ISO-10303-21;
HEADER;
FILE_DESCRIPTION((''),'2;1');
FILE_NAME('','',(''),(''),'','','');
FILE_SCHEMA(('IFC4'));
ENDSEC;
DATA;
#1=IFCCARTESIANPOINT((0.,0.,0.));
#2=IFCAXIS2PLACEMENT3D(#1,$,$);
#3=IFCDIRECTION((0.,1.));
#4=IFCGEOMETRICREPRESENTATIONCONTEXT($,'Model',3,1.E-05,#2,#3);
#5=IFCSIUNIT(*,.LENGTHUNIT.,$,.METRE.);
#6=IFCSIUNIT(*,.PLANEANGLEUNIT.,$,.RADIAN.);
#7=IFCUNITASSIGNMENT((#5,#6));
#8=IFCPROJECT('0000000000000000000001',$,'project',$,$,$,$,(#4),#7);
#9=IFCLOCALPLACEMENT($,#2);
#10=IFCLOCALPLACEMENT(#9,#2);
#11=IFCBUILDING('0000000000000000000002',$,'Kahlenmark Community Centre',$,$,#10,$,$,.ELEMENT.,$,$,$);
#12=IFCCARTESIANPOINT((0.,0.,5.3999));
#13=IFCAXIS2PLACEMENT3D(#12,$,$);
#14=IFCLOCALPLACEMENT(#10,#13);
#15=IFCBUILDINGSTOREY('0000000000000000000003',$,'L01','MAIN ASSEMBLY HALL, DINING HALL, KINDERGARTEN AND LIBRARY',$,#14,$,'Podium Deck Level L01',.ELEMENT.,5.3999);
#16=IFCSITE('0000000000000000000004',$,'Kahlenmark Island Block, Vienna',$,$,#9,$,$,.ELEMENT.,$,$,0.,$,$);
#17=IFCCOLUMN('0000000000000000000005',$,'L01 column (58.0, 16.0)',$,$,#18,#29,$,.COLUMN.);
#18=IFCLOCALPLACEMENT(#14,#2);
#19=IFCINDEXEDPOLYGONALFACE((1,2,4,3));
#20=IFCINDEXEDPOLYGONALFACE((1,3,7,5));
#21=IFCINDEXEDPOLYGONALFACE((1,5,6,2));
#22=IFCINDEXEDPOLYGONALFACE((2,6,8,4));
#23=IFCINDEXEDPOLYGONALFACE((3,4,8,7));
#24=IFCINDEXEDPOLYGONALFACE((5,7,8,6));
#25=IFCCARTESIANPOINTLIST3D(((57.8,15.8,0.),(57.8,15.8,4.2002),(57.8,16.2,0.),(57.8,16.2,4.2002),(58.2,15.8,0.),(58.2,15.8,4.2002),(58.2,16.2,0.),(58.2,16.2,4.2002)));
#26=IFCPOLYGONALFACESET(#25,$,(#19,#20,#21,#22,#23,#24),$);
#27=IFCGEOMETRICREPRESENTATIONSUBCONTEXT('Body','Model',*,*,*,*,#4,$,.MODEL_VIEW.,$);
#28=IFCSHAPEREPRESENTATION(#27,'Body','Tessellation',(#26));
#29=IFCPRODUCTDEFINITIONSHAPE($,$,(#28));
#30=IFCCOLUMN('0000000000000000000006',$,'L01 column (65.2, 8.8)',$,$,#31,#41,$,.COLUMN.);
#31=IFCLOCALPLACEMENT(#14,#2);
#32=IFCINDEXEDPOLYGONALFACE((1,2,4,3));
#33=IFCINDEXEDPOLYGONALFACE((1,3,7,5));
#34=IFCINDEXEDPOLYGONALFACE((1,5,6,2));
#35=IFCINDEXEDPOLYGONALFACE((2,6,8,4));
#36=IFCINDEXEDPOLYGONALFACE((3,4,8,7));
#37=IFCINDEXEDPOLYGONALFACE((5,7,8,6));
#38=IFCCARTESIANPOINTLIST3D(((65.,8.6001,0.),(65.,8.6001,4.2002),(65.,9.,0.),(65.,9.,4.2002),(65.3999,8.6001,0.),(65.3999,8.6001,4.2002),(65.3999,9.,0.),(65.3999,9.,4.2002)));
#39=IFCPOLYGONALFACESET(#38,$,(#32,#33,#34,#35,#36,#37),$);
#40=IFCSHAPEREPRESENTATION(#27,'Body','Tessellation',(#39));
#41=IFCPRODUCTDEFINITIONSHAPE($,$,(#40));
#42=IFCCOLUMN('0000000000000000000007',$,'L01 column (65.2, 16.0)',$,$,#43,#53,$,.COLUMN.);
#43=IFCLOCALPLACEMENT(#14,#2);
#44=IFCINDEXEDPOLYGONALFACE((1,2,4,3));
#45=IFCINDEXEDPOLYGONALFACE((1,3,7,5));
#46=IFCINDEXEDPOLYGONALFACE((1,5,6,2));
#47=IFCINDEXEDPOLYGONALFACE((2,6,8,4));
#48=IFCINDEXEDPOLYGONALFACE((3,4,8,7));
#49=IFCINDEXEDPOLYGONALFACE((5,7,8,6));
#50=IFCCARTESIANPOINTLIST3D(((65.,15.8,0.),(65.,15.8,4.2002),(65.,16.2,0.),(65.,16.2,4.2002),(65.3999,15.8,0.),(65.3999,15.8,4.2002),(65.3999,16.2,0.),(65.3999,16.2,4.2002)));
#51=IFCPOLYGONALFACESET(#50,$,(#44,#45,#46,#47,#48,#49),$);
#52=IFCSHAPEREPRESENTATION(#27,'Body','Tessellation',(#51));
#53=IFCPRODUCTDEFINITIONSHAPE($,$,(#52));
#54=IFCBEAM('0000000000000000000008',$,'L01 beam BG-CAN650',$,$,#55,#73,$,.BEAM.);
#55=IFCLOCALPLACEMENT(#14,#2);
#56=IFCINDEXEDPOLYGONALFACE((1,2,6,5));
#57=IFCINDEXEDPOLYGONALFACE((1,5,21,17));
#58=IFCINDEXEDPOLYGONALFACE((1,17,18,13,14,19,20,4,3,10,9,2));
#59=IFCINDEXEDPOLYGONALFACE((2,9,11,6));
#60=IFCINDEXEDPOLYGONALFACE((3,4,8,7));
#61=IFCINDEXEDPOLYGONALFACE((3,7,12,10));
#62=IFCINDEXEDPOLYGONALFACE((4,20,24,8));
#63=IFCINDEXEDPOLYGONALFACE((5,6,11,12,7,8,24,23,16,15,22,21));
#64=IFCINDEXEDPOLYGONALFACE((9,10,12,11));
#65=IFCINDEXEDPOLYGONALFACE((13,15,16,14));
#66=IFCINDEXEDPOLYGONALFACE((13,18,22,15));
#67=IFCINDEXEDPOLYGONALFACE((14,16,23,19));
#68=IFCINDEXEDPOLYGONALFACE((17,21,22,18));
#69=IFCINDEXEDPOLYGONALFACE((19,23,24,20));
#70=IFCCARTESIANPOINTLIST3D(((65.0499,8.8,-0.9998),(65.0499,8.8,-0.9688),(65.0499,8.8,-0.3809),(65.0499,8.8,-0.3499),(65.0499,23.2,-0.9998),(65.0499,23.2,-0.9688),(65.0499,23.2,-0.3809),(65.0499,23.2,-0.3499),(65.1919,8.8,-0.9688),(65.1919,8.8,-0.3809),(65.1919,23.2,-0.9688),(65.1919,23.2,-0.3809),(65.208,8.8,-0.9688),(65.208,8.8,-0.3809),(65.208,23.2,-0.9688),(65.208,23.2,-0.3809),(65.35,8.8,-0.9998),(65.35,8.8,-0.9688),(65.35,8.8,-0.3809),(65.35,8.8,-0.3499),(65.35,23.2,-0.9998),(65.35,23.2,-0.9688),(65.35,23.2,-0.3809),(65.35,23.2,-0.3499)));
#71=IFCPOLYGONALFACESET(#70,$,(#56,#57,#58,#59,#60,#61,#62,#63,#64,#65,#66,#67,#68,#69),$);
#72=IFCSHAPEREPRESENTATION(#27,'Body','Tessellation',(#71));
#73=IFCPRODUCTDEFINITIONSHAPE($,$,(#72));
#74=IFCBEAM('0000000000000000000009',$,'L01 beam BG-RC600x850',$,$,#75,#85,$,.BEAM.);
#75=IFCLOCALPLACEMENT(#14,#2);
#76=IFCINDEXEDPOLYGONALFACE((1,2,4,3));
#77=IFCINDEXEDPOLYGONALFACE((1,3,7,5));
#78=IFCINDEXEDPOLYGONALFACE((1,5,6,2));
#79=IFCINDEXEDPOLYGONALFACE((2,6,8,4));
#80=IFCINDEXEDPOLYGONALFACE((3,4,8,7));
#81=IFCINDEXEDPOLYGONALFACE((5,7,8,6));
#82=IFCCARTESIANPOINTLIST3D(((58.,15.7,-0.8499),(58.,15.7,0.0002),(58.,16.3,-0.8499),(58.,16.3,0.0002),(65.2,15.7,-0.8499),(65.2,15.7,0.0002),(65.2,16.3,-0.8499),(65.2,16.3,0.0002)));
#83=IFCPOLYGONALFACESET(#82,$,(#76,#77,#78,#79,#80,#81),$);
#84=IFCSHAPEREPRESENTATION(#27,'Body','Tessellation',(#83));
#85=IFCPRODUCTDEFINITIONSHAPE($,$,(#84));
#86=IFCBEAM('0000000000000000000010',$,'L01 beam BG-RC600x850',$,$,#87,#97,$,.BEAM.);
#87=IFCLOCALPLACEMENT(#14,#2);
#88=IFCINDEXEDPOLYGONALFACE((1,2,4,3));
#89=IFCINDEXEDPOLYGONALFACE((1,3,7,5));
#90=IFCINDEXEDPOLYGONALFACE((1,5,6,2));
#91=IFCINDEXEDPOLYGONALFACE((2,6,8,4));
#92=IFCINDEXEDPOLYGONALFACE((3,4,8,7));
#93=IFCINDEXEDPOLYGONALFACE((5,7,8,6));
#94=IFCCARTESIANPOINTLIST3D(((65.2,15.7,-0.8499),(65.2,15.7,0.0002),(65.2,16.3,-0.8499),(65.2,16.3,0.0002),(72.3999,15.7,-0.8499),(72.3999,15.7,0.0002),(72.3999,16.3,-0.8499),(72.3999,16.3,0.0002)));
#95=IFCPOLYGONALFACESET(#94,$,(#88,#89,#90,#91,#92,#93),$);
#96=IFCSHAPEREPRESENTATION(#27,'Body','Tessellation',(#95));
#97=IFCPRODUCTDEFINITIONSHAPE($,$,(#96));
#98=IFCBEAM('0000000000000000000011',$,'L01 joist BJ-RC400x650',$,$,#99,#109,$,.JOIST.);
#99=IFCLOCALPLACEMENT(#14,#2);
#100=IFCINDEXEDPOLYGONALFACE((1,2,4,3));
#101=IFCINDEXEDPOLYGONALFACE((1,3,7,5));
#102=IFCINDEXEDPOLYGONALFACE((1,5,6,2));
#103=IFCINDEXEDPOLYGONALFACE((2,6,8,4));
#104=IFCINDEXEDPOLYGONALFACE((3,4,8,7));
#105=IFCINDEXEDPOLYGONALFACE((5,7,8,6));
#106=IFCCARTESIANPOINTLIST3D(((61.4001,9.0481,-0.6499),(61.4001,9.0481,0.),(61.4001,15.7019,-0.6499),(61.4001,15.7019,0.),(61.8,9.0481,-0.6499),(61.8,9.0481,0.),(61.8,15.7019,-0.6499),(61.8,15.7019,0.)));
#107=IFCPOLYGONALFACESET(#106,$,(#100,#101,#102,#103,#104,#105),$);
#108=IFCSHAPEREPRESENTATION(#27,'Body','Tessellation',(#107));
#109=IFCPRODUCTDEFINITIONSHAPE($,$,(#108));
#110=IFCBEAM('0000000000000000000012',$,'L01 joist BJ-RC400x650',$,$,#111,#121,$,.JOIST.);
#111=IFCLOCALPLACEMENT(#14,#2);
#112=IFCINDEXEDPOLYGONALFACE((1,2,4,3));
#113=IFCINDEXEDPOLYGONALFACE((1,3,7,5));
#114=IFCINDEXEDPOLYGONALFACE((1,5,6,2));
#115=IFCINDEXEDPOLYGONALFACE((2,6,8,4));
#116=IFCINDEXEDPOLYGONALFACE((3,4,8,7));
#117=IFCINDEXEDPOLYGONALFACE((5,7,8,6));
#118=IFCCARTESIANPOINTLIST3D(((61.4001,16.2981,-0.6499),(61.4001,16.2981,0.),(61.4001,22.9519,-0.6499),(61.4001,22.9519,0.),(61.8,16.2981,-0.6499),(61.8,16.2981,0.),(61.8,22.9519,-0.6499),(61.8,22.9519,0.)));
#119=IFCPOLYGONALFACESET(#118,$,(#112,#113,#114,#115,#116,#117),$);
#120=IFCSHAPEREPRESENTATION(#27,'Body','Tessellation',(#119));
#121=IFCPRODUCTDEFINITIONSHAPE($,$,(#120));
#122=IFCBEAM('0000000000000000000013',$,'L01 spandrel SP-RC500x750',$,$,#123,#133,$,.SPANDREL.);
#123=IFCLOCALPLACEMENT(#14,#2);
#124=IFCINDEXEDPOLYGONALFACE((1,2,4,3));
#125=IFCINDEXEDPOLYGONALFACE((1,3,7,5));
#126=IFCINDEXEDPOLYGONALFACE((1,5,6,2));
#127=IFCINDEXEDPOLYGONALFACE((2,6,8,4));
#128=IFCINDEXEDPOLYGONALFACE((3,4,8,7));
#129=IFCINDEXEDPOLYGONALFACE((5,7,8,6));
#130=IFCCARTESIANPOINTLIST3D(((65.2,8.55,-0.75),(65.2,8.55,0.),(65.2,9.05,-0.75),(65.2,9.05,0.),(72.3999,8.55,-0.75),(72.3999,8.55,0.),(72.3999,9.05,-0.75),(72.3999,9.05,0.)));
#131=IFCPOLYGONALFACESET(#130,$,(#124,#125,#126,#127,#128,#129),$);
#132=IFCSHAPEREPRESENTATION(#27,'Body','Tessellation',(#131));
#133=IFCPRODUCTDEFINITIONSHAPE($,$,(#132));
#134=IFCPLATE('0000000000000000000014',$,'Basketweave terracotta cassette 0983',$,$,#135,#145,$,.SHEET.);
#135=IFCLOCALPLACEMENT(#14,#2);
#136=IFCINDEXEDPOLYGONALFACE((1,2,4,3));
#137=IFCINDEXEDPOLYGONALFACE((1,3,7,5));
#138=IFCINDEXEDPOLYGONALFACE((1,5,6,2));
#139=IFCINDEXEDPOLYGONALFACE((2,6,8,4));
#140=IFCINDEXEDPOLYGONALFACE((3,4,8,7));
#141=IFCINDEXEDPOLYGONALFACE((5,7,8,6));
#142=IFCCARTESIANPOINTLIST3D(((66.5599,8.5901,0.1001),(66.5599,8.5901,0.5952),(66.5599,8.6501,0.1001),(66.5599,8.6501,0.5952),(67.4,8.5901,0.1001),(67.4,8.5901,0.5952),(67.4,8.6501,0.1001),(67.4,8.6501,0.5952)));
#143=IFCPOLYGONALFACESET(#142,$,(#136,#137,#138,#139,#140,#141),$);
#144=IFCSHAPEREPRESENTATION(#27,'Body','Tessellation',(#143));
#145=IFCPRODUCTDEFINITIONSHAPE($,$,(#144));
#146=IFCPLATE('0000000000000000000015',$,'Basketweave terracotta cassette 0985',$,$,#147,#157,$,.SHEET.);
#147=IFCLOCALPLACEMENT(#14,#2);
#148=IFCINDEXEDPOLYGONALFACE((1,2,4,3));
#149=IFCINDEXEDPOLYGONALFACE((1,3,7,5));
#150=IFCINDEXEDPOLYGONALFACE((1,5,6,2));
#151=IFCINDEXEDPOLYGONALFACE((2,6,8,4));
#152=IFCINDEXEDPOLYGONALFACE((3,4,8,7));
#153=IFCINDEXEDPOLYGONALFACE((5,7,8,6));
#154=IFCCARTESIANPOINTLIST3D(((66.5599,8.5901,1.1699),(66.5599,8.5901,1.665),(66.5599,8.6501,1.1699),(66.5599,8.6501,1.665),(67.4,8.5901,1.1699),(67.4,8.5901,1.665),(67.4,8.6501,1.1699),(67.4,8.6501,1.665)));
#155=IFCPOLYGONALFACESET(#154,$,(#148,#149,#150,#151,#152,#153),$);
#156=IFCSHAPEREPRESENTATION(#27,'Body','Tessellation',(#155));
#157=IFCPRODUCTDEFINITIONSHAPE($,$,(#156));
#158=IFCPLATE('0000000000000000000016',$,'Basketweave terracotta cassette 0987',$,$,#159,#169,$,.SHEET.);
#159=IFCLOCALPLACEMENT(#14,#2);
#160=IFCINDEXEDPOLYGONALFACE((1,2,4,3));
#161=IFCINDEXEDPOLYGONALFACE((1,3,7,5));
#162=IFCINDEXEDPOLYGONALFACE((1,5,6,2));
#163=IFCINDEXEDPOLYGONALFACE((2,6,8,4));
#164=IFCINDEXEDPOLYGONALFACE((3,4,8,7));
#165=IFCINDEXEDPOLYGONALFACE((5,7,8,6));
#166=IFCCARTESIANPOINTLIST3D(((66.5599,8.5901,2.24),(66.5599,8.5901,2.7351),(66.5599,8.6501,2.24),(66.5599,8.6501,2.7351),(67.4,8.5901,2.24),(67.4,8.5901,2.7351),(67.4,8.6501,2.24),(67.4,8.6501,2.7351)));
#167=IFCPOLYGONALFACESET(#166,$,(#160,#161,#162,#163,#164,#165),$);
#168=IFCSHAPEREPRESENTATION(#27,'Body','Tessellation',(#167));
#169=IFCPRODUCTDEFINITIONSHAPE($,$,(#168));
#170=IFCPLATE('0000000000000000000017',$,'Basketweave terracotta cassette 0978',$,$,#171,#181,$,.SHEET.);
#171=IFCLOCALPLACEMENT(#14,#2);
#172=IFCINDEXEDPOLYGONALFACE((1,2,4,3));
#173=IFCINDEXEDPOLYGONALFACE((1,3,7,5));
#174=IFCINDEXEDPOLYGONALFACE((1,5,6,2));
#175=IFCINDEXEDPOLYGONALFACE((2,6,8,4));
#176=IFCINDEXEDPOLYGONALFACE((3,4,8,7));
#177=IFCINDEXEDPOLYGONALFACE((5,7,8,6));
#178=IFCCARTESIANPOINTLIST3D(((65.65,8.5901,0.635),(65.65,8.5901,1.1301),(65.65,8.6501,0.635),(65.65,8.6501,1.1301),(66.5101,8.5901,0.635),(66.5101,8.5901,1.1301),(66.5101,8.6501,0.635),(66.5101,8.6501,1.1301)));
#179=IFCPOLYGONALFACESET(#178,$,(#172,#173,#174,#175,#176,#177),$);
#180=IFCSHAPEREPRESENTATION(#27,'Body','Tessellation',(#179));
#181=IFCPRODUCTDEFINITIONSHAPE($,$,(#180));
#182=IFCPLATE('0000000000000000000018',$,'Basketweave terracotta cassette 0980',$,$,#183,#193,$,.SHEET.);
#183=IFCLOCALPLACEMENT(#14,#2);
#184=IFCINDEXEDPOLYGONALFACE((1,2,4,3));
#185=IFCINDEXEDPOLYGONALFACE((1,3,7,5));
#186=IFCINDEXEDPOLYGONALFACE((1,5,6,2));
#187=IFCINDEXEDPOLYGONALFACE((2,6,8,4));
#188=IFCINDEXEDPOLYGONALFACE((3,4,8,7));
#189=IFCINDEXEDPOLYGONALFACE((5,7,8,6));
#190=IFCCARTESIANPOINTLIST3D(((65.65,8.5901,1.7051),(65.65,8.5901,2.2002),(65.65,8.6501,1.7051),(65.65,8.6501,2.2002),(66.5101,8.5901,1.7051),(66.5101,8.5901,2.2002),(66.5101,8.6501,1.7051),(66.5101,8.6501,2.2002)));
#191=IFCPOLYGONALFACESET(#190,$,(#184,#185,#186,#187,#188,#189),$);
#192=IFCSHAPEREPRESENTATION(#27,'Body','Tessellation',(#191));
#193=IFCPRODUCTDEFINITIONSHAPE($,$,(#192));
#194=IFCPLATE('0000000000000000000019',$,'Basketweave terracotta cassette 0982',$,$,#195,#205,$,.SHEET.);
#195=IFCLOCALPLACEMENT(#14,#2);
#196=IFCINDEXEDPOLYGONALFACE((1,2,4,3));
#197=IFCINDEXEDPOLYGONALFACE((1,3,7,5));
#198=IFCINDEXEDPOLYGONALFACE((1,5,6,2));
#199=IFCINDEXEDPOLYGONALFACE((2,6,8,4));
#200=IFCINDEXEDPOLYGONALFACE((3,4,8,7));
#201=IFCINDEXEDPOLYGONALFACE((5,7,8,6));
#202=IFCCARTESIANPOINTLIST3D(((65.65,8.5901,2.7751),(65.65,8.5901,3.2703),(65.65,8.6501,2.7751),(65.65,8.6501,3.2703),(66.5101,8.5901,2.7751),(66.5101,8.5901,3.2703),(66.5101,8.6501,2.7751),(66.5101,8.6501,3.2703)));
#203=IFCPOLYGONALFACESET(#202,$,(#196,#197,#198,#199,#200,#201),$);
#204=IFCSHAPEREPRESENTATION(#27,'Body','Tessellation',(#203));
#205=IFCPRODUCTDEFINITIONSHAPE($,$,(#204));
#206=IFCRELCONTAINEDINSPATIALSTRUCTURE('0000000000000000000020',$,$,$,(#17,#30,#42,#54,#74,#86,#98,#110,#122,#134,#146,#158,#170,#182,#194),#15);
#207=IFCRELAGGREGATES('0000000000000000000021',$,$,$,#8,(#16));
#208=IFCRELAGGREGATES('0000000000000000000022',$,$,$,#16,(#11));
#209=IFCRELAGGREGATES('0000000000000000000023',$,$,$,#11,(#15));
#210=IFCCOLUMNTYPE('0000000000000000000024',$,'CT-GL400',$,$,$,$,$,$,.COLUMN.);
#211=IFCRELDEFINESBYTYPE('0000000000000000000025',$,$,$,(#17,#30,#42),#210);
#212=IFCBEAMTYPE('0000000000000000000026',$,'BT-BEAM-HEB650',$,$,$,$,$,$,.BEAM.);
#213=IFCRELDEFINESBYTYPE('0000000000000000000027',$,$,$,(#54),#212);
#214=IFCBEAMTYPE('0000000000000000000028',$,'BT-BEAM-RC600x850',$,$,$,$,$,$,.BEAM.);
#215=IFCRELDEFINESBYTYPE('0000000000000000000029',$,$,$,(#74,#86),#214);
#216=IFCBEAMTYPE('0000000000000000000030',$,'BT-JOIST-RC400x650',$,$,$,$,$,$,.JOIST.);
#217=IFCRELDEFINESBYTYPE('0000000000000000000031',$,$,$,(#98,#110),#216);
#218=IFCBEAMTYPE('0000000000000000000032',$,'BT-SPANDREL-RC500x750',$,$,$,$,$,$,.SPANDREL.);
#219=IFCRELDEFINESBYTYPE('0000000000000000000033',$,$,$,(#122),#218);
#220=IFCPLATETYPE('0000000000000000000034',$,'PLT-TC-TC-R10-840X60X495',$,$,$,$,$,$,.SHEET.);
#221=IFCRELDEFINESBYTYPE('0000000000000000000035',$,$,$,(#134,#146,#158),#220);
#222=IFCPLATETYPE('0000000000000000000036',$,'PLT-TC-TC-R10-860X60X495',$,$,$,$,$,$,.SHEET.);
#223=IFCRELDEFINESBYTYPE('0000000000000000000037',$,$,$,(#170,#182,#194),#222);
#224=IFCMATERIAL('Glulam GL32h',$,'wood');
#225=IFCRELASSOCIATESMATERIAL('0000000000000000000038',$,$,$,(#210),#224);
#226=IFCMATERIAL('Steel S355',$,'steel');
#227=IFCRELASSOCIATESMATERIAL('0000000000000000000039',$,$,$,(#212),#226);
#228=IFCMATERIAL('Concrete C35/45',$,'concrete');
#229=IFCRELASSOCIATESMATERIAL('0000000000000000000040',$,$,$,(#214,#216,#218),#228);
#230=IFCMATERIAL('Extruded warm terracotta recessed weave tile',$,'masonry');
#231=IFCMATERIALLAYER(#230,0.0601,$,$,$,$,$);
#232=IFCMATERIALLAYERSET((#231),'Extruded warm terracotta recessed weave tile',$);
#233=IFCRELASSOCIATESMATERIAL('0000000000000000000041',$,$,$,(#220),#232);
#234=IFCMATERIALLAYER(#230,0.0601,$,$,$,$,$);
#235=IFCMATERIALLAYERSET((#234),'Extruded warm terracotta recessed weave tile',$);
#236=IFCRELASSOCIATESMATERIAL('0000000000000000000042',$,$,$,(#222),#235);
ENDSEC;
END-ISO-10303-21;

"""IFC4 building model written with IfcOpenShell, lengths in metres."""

from ifc_helpers import new_model, si_unit, direction, frame, origin, origin_2d, place, context, subcontext, project, spatial, rectangle, i_section, extrude, material, layer, layer_set, material_profile, profile_set, type_object, element, save


model = new_model("IFC4")

# Units and contexts
model_context = context("Model", 3, precision=1e-05, world=origin(), true_north=direction((0.0, 1.0)))
body_context = subcontext(model_context, "Body", "Model", "MODEL_VIEW")
ifc_project = project(units=[si_unit("LENGTHUNIT", "METRE"), si_unit("PLANEANGLEUNIT", "RADIAN")], contexts=[model_context])

# Site, building, storey
site_placement = place(None, origin())
site = spatial("IfcSite", under=ifc_project, at=site_placement, Name="Kahlenmark Island Block, Vienna", CompositionType="ELEMENT", RefElevation=0.0)
building_placement = place(site_placement, origin())
building = spatial("IfcBuilding", under=site, at=building_placement, Name="Kahlenmark Community Centre", CompositionType="ELEMENT")
storey_placement = place(building_placement, frame((0.0, 0.0, 5.3999)))
storey = spatial("IfcBuildingStorey", under=building, at=storey_placement, Name="L01", Description="MAIN ASSEMBLY HALL, DINING HALL, KINDERGARTEN AND LIBRARY", LongName="Podium Deck Level L01", CompositionType="ELEMENT", Elevation=5.3999)

# Columns
ifc_material_1 = material(Name="Glulam GL32h", Category="wood")
ifc_material_profile_1 = material_profile(ifc_material_1, rectangle(XDim=0.3999, YDim=0.3999, at=origin_2d()), Name="GL32h 400x400")
ifc_profile_set_1 = profile_set([ifc_material_profile_1], Name="Glulam GL32h")
column_type = type_object("IfcColumnType", Name="CT-GL400", PredefinedType="COLUMN", material=ifc_profile_set_1)
for number, where, z_axis, x_axis, name in (
    (1, (58.0, 16.0, 0.0), (0.0, 0.0, 1.0), (1.0, 0.0, 0.0), "L01 column (58.0, 16.0)"),
    (2, (65.2, 8.8, 0.0), (0.0, 0.0, 1.0), (1.0, 0.0, 0.0), "L01 column (65.2, 8.8)"),
    (3, (65.2, 16.0, 0.0), (0.0, 0.0, 1.0), (1.0, 0.0, 0.0), "L01 column (65.2, 16.0)"),
):
    element("IfcColumn", number, at=place(storey_placement, frame(where, z_axis=z_axis, x_axis=x_axis)), inside=storey, type_object=column_type, Name=name, PredefinedType="COLUMN", context=body_context, shape_type="SweptSolid", body=[
        extrude(rectangle(XDim=0.3999, YDim=0.3999, at=origin_2d()), origin(), (0.0, 0.0, 1.0), 4.2002),
    ])

# Beams
ifc_material_2 = material(Name="Steel S355", Category="steel")
ifc_material_profile_2 = material_profile(ifc_material_2, i_section(OverallWidth=0.3, OverallDepth=0.6499, WebThickness=0.0161, FlangeThickness=0.031, at=origin_2d()), Name="HEB 650")
ifc_profile_set_2 = profile_set([ifc_material_profile_2], Name="Steel S355")
beam_type_1 = type_object("IfcBeamType", Name="BT-BEAM-HEB650", PredefinedType="BEAM", material=ifc_profile_set_2)
beam_1_placement = place(storey_placement, frame((65.2, 8.8, -0.6748), z_axis=(0.0, 1.0, 0.0), x_axis=(-1.0, 0.0, 0.0)))
element("IfcBeam", 4, at=beam_1_placement, inside=storey, type_object=beam_type_1, Name="L01 beam BG-CAN650", PredefinedType="BEAM", context=body_context, shape_type="SweptSolid", body=[
    extrude(i_section(OverallWidth=0.3, OverallDepth=0.6499, WebThickness=0.0161, FlangeThickness=0.031, at=origin_2d()), origin(), (0.0, 0.0, 1.0), 14.3999),
])
ifc_material_3 = material(Name="Concrete C35/45", Category="concrete")
ifc_material_profile_3 = material_profile(ifc_material_3, rectangle(XDim=0.6001, YDim=0.8501, at=origin_2d()), Name="RC 600x850")
ifc_profile_set_3 = profile_set([ifc_material_profile_3], Name="Concrete C35/45")
beam_type_2 = type_object("IfcBeamType", Name="BT-BEAM-RC600x850", PredefinedType="BEAM", material=ifc_profile_set_3)
for number, where, z_axis, x_axis, name in (
    (5, (58.0, 16.0, -0.4248), (1.0, 0.0, 0.0), (0.0, 1.0, 0.0), "L01 beam BG-RC600x850"),
    (6, (65.2, 16.0, -0.4248), (1.0, 0.0, 0.0), (0.0, 1.0, 0.0), "L01 beam BG-RC600x850"),
):
    element("IfcBeam", number, at=place(storey_placement, frame(where, z_axis=z_axis, x_axis=x_axis)), inside=storey, type_object=beam_type_2, Name=name, PredefinedType="BEAM", context=body_context, shape_type="SweptSolid", body=[
        extrude(rectangle(XDim=0.6001, YDim=0.8501, at=origin_2d()), origin(), (0.0, 0.0, 1.0), 7.2),
    ])
ifc_material_profile_4 = material_profile(ifc_material_3, rectangle(XDim=0.3999, YDim=0.6499, at=origin_2d()), Name="RC 400x650")
ifc_profile_set_4 = profile_set([ifc_material_profile_4], Name="Concrete C35/45")
beam_type_3 = type_object("IfcBeamType", Name="BT-JOIST-RC400x650", PredefinedType="JOIST", material=ifc_profile_set_4)
for number, where, z_axis, x_axis, name in (
    (7, (61.6001, 9.0481, -0.325), (0.0, 1.0, 0.0), (-1.0, 0.0, 0.0), "L01 joist BJ-RC400x650"),
    (8, (61.6001, 16.2981, -0.325), (0.0, 1.0, 0.0), (-1.0, 0.0, 0.0), "L01 joist BJ-RC400x650"),
):
    element("IfcBeam", number, at=place(storey_placement, frame(where, z_axis=z_axis, x_axis=x_axis)), inside=storey, type_object=beam_type_3, Name=name, PredefinedType="JOIST", context=body_context, shape_type="SweptSolid", body=[
        extrude(rectangle(XDim=0.3999, YDim=0.6499, at=origin_2d()), origin(), (0.0, 0.0, 1.0), 6.6538),
    ])
ifc_material_profile_5 = material_profile(ifc_material_3, rectangle(XDim=0.5, YDim=0.75, at=origin_2d()), Name="RC 500x750")
ifc_profile_set_5 = profile_set([ifc_material_profile_5], Name="Concrete C35/45")
beam_type_4 = type_object("IfcBeamType", Name="BT-SPANDREL-RC500x750", PredefinedType="SPANDREL", material=ifc_profile_set_5)
beam_2_placement = place(storey_placement, frame((65.2, 8.8, -0.375), z_axis=(1.0, 0.0, 0.0), x_axis=(0.0, 1.0, 0.0)))
element("IfcBeam", 9, at=beam_2_placement, inside=storey, type_object=beam_type_4, Name="L01 spandrel SP-RC500x750", PredefinedType="SPANDREL", context=body_context, shape_type="SweptSolid", body=[
    extrude(rectangle(XDim=0.5, YDim=0.75, at=origin_2d()), origin(), (0.0, 0.0, 1.0), 7.2),
])

# Plates
ifc_material_4 = material(Name="Extruded warm terracotta recessed weave tile", Category="masonry")
ifc_layer_1 = layer(ifc_material_4, 0.0601)
ifc_layer_set_1 = layer_set([ifc_layer_1], Name="Extruded warm terracotta recessed weave tile")
plate_type_1 = type_object("IfcPlateType", Name="PLT-TC-TC-R10-840X60X495", PredefinedType="SHEET", material=ifc_layer_set_1)
for number, where, z_axis, x_axis, name in (
    (10, (66.98, 8.6201, 0.1001), (0.0, 0.0, 1.0), (1.0, 0.0, 0.0), "Basketweave terracotta cassette 0983"),
    (11, (66.98, 8.6201, 1.1699), (0.0, 0.0, 1.0), (1.0, 0.0, 0.0), "Basketweave terracotta cassette 0985"),
    (12, (66.98, 8.6201, 2.24), (0.0, 0.0, 1.0), (1.0, 0.0, 0.0), "Basketweave terracotta cassette 0987"),
):
    element("IfcPlate", number, at=place(storey_placement, frame(where, z_axis=z_axis, x_axis=x_axis)), inside=storey, type_object=plate_type_1, Name=name, PredefinedType="SHEET", context=body_context, shape_type="SweptSolid", body=[
        extrude(rectangle(XDim=0.8401, YDim=0.0601, at=origin_2d()), origin(), (0.0, 0.0, 1.0), 0.4951),
    ])
ifc_layer_2 = layer(ifc_material_4, 0.0601)
ifc_layer_set_2 = layer_set([ifc_layer_2], Name="Extruded warm terracotta recessed weave tile")
plate_type_2 = type_object("IfcPlateType", Name="PLT-TC-TC-R10-860X60X495", PredefinedType="SHEET", material=ifc_layer_set_2)
for number, where, z_axis, x_axis, name in (
    (13, (66.0801, 8.6201, 0.635), (0.0, 0.0, 1.0), (1.0, 0.0, 0.0), "Basketweave terracotta cassette 0978"),
    (14, (66.0801, 8.6201, 1.7051), (0.0, 0.0, 1.0), (1.0, 0.0, 0.0), "Basketweave terracotta cassette 0980"),
    (15, (66.0801, 8.6201, 2.7751), (0.0, 0.0, 1.0), (1.0, 0.0, 0.0), "Basketweave terracotta cassette 0982"),
):
    element("IfcPlate", number, at=place(storey_placement, frame(where, z_axis=z_axis, x_axis=x_axis)), inside=storey, type_object=plate_type_2, Name=name, PredefinedType="SHEET", context=body_context, shape_type="SweptSolid", body=[
        extrude(rectangle(XDim=0.8601, YDim=0.0601, at=origin_2d()), origin(), (0.0, 0.0, 1.0), 0.4951),
    ])

save(model, "model.ifc")
